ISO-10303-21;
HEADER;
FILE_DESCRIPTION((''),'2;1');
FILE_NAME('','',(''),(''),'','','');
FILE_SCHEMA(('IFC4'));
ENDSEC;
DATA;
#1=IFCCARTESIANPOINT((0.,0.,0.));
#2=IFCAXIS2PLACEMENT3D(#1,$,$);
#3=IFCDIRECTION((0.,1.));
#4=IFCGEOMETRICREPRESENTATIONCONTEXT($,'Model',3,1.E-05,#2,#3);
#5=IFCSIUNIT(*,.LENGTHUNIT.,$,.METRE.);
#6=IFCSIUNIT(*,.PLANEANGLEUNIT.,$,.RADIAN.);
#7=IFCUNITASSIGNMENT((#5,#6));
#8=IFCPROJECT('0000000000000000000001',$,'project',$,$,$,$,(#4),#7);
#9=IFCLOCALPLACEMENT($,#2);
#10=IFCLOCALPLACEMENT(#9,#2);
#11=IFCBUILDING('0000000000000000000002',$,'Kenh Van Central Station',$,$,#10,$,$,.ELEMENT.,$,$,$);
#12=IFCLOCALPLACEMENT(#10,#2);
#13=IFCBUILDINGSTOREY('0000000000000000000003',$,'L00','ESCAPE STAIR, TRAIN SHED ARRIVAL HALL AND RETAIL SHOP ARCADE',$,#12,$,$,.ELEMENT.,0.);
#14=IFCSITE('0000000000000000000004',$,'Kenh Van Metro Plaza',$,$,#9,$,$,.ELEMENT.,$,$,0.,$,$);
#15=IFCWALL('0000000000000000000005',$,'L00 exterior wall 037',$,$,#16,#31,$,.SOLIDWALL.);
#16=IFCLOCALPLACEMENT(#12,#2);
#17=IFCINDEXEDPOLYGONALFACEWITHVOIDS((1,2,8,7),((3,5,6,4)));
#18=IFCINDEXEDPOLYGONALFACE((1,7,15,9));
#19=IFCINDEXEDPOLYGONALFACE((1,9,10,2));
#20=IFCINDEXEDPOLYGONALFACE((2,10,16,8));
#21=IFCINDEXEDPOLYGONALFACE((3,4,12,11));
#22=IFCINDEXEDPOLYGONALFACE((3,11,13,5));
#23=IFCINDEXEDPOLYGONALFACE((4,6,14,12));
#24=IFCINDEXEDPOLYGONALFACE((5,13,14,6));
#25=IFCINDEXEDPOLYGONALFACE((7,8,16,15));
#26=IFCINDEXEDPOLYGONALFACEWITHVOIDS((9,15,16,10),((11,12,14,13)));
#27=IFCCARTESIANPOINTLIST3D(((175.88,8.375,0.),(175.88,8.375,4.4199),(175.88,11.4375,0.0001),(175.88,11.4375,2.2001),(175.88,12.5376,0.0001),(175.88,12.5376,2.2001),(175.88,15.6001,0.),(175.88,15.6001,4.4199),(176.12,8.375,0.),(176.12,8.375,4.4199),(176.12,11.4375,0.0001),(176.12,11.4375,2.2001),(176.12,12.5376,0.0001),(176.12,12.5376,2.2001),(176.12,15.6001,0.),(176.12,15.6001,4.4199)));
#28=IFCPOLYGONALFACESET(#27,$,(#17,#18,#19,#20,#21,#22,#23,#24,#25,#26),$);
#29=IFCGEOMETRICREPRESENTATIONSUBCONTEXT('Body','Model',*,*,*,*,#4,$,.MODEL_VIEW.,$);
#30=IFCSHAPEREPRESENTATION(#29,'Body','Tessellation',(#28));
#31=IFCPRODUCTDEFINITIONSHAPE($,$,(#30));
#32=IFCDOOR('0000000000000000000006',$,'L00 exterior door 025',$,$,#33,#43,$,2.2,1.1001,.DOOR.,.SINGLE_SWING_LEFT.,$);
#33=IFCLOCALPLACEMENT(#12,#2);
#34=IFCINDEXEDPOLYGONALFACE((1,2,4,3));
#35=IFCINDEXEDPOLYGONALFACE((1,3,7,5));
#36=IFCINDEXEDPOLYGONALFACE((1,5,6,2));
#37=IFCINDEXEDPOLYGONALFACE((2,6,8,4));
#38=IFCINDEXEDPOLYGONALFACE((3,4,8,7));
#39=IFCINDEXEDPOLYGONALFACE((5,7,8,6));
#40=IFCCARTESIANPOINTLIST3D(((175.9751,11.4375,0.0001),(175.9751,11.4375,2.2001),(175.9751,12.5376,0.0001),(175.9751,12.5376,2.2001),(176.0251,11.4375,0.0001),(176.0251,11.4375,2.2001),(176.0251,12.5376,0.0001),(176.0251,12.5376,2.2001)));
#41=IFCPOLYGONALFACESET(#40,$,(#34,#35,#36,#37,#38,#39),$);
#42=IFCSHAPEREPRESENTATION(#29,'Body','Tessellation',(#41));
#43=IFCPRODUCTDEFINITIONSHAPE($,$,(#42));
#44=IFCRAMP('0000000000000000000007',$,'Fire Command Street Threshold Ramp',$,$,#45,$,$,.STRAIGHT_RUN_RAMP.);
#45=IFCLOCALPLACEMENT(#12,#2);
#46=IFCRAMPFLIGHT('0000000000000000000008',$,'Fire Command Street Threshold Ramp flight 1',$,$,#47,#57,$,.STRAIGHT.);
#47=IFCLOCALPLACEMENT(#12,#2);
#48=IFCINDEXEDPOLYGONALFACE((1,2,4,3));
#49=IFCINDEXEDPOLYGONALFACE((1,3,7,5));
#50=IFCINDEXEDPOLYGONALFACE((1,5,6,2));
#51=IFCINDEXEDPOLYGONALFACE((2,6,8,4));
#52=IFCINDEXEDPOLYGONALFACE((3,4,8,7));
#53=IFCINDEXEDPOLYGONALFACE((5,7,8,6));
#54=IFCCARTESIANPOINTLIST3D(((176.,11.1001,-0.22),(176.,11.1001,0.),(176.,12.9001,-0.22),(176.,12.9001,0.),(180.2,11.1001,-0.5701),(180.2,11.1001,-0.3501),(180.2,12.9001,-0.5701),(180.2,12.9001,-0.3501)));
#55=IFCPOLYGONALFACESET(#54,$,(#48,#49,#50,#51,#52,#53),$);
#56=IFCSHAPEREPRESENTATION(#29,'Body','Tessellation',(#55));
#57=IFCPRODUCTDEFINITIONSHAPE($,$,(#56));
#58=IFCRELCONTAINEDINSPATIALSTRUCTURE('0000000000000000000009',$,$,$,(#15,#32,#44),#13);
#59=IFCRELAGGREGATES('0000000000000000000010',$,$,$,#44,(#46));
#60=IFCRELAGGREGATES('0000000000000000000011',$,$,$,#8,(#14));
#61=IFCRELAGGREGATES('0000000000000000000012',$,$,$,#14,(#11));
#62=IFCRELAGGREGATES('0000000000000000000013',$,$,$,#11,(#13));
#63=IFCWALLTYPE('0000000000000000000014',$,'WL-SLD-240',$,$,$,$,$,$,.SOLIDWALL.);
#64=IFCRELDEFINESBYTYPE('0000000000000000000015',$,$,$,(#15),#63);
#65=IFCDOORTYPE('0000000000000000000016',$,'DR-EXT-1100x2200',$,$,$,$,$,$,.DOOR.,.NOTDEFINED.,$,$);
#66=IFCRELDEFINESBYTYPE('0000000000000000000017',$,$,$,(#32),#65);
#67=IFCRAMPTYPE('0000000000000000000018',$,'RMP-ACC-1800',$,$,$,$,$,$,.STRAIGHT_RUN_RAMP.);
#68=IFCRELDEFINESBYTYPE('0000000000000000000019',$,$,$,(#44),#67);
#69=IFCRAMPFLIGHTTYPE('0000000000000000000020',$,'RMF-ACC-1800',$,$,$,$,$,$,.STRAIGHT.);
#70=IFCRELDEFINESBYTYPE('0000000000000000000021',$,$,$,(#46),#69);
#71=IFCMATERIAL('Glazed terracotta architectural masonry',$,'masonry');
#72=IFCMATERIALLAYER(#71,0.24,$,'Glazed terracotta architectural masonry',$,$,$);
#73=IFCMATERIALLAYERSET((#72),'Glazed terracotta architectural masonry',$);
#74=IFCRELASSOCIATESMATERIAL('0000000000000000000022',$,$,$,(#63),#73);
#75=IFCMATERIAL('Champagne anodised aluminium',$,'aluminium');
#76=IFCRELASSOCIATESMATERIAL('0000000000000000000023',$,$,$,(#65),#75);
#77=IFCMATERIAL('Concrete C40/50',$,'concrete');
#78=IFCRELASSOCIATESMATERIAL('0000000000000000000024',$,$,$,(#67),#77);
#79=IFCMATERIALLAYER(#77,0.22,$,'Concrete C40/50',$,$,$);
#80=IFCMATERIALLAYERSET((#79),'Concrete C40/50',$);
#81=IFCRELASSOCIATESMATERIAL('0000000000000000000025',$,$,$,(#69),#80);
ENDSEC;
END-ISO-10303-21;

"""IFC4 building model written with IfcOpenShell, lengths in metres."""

from ifc_helpers import new_model, si_unit, direction, frame, frame_2d, origin, place, context, subcontext, project, spatial, polyline, rectangle, outline, extrude, material, layer, layer_set, type_object, element, fill, aggregate, save


model = new_model("IFC4")

# Units and contexts
model_context = context("Model", 3, precision=1e-05, world=origin(), true_north=direction((0.0, 1.0)))
body_context = subcontext(model_context, "Body", "Model", "MODEL_VIEW")
ifc_project = project(units=[si_unit("LENGTHUNIT", "METRE"), si_unit("PLANEANGLEUNIT", "RADIAN")], contexts=[model_context])

# Site, building, storey
site_placement = place(None, origin())
site = spatial("IfcSite", under=ifc_project, at=site_placement, Name="Kenh Van Metro Plaza", CompositionType="ELEMENT", RefElevation=0.0)
building_placement = place(site_placement, origin())
building = spatial("IfcBuilding", under=site, at=building_placement, Name="Kenh Van Central Station", CompositionType="ELEMENT")
storey_placement = place(building_placement, origin())
storey = spatial("IfcBuildingStorey", under=building, at=storey_placement, Name="L00", Description="ESCAPE STAIR, TRAIN SHED ARRIVAL HALL AND RETAIL SHOP ARCADE", CompositionType="ELEMENT", Elevation=0.0)

# Shared definitions
ifc_material_1 = material(Name="Concrete C40/50", Category="concrete")

# Shared definitions
ifc_material_2 = material(Name="Champagne anodised aluminium", Category="aluminium")

# Wall, opening, door
ifc_material_3 = material(Name="Glazed terracotta architectural masonry", Category="masonry")
ifc_layer_1 = layer(ifc_material_3, 0.24, Name="Glazed terracotta architectural masonry")
ifc_layer_set_1 = layer_set([ifc_layer_1], Name="Glazed terracotta architectural masonry")
wall_type = type_object("IfcWallType", Name="WL-SLD-240", PredefinedType="SOLIDWALL", material=ifc_layer_set_1)
wall_placement = place(storey_placement, frame((176.0, 8.375, 0.0), z_axis=(0.0, 0.0, 1.0), x_axis=(0.0, 1.0, 0.0)))
wall = element("IfcWall", 1, at=wall_placement, inside=storey, type_object=wall_type, Name="L00 exterior wall 037", PredefinedType="SOLIDWALL", context=body_context, shape_type="SweptSolid", body=[
    extrude(rectangle(XDim=7.2251, YDim=0.24, at=frame_2d((3.6125, 0.0))), origin(), (0.0, 0.0, 1.0), 4.4199),
])
opening_placement = place(wall_placement, frame((3.0625, 0.0, 0.0)))
opening = element("IfcOpeningElement", 2, at=opening_placement, cuts=wall, PredefinedType="OPENING", context=body_context, shape_type="SweptSolid", body=[
    extrude(rectangle(XDim=1.1001, YDim=2.2, at=frame_2d((0.55, 1.1001))), frame((0.0, 0.1299, 0.0), z_axis=(0.0, -1.0, 0.0), x_axis=(1.0, 0.0, 0.0)), (0.0, 0.0, 1.0), 0.26),
])
door_type = type_object("IfcDoorType", Name="DR-EXT-1100x2200", OperationType="NOTDEFINED", PredefinedType="DOOR", material=ifc_material_2)
door_placement = place(opening_placement, frame((1.1001, 0.0, 0.0), z_axis=(0.0, 0.0, 1.0), x_axis=(-1.0, 0.0, 0.0)))
door = element("IfcDoor", 3, at=door_placement, inside=storey, type_object=door_type, Name="L00 exterior door 025", OperationType="SINGLE_SWING_LEFT", OverallHeight=2.2, OverallWidth=1.1001, PredefinedType="DOOR", context=body_context, shape_type="SweptSolid", body=[
    extrude(rectangle(XDim=1.1001, YDim=2.2, at=frame_2d((-0.55, 1.1001))), frame((0.0, -0.0249, 0.0), z_axis=(0.0, 1.0, 0.0), x_axis=(-1.0, 0.0, 0.0)), (0.0, 0.0, 1.0), 0.05),
])
fill(opening, door)

# Ramp, ramp flight
ramp_type = type_object("IfcRampType", Name="RMP-ACC-1800", PredefinedType="STRAIGHT_RUN_RAMP", material=ifc_material_1)
ramp_placement = place(storey_placement, origin())
ramp = element("IfcRamp", 4, at=ramp_placement, inside=storey, type_object=ramp_type, Name="Fire Command Street Threshold Ramp", PredefinedType="STRAIGHT_RUN_RAMP")
ifc_layer_2 = layer(ifc_material_1, 0.22, Name="Concrete C40/50")
ifc_layer_set_2 = layer_set([ifc_layer_2], Name="Concrete C40/50")
ramp_flight_type = type_object("IfcRampFlightType", Name="RMF-ACC-1800", PredefinedType="STRAIGHT", material=ifc_layer_set_2)
ramp_flight_placement = place(storey_placement, frame((180.2, 12.0, -0.3501), z_axis=(0.0, 0.0, 1.0), x_axis=(-1.0, 0.0, 0.0)))
ramp_flight = element("IfcRampFlight", 5, at=ramp_flight_placement, type_object=ramp_flight_type, Name="Fire Command Street Threshold Ramp flight 1", PredefinedType="STRAIGHT", context=body_context, shape_type="SweptSolid", body=[
    extrude(outline(polyline([(0.0, 0.0), (0.0, -0.22), (4.2, 0.1301), (4.2, 0.3501), (0.0, 0.0)])), frame((0.0, 0.8999, 0.0), z_axis=(0.0, -1.0, 0.0), x_axis=(1.0, 0.0, 0.0)), (0.0, 0.0, 1.0), 1.8),
])
aggregate(ramp, [ramp_flight])

save(model, "model.ifc")
